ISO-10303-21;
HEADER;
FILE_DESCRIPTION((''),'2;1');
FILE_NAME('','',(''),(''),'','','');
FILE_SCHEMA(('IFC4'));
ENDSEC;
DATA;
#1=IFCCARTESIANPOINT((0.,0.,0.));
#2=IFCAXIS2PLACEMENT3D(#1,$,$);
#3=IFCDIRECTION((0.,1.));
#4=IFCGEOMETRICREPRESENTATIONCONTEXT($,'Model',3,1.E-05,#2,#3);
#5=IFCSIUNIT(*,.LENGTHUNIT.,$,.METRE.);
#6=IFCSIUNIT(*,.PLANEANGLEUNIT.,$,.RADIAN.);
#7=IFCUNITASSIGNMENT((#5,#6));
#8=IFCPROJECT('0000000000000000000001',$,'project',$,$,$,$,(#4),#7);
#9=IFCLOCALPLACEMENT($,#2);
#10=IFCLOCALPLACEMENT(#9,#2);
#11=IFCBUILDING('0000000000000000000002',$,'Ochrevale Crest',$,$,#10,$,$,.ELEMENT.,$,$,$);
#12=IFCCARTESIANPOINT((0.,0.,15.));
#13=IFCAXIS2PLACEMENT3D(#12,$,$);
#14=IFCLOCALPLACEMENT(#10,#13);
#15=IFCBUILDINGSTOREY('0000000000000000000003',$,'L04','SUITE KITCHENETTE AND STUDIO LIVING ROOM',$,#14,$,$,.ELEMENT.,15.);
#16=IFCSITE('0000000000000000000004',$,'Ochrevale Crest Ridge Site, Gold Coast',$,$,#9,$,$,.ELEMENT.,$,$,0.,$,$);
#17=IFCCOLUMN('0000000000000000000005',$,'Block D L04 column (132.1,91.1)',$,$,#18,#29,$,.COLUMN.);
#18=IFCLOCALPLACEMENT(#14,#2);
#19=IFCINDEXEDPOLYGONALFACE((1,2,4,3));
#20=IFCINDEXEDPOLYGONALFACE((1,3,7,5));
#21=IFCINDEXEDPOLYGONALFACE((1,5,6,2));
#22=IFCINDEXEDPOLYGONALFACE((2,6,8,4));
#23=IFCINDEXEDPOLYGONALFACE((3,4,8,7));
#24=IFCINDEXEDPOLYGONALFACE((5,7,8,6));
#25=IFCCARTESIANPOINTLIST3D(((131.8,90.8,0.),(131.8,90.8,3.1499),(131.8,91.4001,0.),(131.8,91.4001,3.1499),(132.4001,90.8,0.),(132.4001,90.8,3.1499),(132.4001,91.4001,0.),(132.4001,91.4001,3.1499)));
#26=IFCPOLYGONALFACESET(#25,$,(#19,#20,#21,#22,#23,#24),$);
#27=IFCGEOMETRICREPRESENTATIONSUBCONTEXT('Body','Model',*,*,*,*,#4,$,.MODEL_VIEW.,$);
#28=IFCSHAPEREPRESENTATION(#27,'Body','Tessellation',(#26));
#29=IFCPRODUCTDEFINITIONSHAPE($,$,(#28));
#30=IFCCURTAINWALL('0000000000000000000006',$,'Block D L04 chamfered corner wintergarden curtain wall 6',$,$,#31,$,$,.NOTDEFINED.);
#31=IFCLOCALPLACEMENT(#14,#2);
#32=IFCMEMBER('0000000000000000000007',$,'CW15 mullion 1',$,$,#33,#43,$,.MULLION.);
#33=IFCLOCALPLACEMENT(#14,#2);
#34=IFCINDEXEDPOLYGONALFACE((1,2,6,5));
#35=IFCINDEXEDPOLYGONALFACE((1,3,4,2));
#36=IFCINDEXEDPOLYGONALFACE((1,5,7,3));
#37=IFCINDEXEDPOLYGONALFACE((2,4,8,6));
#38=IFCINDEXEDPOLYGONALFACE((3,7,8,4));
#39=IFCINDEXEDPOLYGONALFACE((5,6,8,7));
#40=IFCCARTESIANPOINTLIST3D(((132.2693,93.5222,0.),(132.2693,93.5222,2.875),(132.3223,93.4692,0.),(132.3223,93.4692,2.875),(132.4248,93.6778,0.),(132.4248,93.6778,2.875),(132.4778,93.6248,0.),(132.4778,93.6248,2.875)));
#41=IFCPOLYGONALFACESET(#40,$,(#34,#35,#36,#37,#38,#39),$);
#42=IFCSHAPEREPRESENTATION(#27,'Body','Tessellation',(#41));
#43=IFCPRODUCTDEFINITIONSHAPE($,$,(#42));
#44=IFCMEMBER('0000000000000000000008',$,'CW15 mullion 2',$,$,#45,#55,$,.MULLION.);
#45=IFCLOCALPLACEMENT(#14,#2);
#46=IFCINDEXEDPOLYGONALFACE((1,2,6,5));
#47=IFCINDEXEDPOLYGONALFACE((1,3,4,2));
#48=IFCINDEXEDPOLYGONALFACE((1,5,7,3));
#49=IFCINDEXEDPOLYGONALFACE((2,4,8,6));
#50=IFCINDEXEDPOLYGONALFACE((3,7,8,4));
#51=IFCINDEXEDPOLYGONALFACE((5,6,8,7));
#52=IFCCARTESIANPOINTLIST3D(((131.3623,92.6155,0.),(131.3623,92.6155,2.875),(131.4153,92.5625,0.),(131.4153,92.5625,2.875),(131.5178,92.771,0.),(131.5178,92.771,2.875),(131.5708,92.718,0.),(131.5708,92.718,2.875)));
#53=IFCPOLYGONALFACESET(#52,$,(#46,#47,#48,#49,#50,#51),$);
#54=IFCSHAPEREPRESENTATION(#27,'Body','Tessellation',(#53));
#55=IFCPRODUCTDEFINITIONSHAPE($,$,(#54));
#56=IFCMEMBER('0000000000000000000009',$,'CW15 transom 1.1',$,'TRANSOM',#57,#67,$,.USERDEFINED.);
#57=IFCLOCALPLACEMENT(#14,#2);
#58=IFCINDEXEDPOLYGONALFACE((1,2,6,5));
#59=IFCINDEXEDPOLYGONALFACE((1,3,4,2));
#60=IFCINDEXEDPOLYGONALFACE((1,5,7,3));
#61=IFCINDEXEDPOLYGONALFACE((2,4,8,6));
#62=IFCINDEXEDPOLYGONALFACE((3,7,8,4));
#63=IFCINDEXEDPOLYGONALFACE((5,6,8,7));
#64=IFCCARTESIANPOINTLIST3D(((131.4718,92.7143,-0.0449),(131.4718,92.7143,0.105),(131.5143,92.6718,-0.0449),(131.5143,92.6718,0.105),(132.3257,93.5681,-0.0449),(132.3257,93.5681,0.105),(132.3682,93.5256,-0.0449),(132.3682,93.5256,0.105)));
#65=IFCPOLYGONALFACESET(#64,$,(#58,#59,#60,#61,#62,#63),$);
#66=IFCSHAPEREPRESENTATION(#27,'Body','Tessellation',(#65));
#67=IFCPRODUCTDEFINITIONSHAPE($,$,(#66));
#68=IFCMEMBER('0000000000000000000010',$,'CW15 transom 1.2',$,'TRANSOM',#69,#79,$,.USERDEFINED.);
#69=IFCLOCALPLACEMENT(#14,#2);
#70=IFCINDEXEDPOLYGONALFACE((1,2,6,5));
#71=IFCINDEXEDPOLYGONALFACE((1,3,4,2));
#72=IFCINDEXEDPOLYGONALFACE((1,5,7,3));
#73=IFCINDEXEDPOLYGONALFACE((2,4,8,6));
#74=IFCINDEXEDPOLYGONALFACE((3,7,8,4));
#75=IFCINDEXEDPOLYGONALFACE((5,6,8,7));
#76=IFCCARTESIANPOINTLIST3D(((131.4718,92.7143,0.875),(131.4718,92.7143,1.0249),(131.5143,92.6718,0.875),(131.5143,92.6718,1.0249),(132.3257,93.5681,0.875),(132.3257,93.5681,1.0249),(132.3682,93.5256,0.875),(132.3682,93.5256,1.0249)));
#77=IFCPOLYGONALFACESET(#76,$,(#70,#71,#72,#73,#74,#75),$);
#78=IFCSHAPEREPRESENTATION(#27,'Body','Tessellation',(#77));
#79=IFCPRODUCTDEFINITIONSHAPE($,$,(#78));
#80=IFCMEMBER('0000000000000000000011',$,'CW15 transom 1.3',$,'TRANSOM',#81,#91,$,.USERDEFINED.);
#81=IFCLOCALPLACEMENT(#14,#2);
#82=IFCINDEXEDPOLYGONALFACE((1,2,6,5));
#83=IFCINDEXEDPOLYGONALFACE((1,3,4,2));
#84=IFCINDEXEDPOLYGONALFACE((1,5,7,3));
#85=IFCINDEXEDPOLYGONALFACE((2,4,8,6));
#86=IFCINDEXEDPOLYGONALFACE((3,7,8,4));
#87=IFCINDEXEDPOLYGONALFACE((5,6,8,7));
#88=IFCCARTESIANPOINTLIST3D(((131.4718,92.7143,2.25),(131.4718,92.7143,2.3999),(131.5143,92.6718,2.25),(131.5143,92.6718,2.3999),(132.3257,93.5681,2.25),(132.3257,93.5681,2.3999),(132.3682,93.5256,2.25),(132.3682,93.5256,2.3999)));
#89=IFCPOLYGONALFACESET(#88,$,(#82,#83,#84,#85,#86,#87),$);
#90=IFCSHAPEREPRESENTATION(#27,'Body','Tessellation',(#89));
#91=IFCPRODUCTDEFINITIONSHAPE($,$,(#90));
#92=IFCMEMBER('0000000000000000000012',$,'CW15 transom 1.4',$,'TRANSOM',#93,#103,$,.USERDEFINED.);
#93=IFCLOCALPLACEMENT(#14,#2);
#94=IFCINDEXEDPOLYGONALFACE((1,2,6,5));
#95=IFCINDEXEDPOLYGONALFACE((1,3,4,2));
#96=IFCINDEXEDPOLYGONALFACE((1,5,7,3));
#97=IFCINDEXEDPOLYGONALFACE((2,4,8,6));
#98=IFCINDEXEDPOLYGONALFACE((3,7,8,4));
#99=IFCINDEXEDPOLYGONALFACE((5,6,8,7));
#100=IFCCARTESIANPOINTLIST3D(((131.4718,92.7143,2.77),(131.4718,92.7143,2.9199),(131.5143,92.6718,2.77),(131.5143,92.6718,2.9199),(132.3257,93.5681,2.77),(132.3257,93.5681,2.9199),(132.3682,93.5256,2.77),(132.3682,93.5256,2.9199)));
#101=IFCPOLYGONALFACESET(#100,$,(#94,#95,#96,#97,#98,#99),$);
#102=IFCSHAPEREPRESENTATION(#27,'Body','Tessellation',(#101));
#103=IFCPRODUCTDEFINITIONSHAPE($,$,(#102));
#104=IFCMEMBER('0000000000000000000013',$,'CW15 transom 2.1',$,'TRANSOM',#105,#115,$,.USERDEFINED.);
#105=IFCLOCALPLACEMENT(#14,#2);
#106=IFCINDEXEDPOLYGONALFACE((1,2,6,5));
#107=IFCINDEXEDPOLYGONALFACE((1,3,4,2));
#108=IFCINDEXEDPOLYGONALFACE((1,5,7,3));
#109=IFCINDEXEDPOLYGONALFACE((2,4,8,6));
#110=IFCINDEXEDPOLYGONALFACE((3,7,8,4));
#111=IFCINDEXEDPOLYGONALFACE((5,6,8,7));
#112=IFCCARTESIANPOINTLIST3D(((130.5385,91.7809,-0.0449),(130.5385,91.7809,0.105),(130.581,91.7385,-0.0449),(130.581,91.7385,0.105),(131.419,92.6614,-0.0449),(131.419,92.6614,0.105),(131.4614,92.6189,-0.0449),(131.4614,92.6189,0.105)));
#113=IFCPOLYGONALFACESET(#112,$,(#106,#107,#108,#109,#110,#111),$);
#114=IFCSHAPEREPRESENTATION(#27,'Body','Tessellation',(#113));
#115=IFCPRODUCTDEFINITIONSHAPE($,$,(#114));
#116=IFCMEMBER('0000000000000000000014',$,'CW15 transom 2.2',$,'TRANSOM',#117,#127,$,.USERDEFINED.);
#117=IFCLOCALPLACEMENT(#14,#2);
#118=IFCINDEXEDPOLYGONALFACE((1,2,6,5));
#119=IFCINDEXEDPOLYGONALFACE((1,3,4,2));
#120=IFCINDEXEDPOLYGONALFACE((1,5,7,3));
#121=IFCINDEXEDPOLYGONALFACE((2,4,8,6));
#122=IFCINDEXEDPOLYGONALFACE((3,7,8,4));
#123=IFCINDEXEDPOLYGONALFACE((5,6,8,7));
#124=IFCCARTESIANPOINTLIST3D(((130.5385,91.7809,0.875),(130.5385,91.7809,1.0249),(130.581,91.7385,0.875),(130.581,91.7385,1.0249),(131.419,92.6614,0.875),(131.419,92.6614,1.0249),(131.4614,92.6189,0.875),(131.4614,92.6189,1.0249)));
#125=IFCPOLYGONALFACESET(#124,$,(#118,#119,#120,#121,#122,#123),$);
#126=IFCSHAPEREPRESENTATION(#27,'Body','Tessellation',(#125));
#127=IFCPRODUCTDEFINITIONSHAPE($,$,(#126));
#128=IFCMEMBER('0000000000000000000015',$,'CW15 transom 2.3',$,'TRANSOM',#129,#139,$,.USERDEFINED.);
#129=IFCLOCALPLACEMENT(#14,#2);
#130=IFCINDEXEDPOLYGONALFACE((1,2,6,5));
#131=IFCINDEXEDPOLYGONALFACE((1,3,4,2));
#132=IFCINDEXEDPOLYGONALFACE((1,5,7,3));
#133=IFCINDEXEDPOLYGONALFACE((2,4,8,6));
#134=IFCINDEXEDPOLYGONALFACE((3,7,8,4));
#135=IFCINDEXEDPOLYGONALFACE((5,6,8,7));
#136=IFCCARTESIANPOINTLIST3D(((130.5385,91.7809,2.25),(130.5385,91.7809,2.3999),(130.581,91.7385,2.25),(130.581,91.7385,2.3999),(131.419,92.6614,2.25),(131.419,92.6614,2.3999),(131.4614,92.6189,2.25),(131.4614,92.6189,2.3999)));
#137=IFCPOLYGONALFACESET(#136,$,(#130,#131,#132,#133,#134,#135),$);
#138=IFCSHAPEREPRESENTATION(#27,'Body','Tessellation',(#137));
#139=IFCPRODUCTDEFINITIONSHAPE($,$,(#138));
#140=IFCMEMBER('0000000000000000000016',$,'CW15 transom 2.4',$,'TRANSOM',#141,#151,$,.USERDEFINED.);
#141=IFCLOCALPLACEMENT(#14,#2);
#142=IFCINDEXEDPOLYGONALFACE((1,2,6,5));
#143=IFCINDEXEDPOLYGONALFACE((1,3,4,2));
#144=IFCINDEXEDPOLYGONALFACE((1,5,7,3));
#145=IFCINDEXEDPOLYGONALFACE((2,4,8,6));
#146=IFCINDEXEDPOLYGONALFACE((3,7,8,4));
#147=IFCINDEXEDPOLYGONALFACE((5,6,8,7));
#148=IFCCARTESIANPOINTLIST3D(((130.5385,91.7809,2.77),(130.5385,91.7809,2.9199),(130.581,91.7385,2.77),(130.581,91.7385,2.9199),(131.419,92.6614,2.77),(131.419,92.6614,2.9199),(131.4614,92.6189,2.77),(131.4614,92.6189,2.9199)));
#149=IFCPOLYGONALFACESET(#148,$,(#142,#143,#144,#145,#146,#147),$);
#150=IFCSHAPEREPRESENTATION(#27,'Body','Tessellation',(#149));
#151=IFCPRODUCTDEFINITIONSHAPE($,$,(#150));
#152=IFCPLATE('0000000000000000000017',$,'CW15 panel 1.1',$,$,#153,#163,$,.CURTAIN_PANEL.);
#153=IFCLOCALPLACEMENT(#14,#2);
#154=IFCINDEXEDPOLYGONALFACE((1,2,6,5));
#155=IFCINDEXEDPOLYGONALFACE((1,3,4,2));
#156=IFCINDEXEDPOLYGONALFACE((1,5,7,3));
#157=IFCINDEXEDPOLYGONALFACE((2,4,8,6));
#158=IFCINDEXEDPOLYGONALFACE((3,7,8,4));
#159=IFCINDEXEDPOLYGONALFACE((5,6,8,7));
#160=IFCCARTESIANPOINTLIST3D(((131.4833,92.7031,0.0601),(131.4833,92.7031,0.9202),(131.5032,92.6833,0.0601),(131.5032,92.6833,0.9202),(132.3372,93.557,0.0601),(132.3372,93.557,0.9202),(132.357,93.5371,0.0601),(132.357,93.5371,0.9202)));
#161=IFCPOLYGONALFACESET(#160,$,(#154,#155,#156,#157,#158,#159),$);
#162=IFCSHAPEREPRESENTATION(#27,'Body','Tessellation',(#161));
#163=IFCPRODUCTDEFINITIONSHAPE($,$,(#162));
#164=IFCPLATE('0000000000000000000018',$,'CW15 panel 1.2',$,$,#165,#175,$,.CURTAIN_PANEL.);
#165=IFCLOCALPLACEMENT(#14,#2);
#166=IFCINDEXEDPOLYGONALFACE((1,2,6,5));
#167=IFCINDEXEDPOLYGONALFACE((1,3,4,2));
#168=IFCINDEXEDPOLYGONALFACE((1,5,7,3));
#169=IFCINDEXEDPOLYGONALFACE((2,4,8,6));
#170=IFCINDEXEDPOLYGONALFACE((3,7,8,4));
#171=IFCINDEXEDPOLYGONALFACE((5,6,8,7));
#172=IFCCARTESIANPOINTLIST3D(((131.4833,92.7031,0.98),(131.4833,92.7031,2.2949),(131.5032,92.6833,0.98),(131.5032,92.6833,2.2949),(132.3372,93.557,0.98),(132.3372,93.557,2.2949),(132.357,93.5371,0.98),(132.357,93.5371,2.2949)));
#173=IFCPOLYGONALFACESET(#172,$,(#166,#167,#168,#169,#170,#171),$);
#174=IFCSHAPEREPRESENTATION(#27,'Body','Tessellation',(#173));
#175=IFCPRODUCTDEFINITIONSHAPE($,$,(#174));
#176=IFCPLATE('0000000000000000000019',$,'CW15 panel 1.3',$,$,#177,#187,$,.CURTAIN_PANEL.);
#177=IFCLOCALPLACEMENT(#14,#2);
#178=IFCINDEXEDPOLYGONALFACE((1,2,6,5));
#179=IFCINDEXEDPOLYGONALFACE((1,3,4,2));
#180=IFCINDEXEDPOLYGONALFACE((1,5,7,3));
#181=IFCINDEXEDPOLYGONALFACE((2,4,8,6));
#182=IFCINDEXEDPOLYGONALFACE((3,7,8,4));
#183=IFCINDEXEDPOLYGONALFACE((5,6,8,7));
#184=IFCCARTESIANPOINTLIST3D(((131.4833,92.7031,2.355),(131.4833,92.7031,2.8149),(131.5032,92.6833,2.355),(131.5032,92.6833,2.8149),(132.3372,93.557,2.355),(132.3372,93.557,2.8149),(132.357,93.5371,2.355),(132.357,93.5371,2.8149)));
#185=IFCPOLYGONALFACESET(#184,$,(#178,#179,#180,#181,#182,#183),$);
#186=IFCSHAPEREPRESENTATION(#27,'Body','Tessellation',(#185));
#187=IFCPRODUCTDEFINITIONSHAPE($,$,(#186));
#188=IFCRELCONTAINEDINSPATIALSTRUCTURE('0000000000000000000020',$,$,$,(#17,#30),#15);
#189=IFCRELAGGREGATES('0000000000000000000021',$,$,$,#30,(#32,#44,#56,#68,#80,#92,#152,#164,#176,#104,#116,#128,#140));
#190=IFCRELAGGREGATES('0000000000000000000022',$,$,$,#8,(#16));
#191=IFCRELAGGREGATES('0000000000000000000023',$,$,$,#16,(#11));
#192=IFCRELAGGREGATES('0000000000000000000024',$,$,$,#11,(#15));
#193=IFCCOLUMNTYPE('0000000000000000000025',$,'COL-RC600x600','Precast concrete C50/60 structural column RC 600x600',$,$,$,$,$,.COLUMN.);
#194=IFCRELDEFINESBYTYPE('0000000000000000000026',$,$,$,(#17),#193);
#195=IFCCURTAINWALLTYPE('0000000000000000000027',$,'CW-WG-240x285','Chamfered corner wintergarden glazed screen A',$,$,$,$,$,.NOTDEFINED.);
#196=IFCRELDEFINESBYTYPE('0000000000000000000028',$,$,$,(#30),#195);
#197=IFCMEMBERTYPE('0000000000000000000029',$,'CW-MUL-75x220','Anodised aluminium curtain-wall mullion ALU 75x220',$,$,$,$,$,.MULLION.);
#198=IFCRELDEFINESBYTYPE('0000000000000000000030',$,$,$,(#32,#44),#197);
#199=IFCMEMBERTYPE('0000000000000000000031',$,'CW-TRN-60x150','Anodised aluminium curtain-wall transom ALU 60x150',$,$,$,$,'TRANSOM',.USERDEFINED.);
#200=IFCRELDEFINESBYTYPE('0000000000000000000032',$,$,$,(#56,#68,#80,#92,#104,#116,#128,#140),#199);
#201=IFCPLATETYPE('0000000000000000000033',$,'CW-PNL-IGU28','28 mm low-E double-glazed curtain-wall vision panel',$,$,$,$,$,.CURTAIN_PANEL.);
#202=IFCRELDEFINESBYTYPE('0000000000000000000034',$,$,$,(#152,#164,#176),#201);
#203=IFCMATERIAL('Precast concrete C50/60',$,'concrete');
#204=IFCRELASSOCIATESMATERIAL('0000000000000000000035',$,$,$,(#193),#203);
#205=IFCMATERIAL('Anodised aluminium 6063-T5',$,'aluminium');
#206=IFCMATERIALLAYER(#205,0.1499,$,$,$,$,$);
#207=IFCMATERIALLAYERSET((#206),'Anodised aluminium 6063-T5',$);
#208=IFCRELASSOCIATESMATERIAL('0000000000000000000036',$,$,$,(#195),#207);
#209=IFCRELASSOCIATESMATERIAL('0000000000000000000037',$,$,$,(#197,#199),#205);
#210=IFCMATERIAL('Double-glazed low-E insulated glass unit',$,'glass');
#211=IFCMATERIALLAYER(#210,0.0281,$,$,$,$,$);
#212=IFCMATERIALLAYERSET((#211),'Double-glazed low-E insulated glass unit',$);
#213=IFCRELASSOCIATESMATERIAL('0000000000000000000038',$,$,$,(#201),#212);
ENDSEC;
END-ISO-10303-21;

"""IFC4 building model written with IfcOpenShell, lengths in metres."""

from ifc_helpers import new_model, si_unit, direction, frame, origin, origin_2d, place, context, subcontext, project, spatial, rectangle, extrude, material, layer, layer_set, material_profile, profile_set, type_object, element, aggregate, save


model = new_model("IFC4")

# Units and contexts
model_context = context("Model", 3, precision=1e-05, world=origin(), true_north=direction((0.0, 1.0)))
body_context = subcontext(model_context, "Body", "Model", "MODEL_VIEW")
ifc_project = project(units=[si_unit("LENGTHUNIT", "METRE"), si_unit("PLANEANGLEUNIT", "RADIAN")], contexts=[model_context])

# Site, building, storey
site_placement = place(None, origin())
site = spatial("IfcSite", under=ifc_project, at=site_placement, Name="Ochrevale Crest Ridge Site, Gold Coast", CompositionType="ELEMENT", RefElevation=0.0)
building_placement = place(site_placement, origin())
building = spatial("IfcBuilding", under=site, at=building_placement, Name="Ochrevale Crest", CompositionType="ELEMENT")
storey_placement = place(building_placement, frame((0.0, 0.0, 15.0)))
storey = spatial("IfcBuildingStorey", under=building, at=storey_placement, Name="L04", Description="SUITE KITCHENETTE AND STUDIO LIVING ROOM", CompositionType="ELEMENT", Elevation=15.0)

# Column
ifc_material_1 = material(Name="Precast concrete C50/60", Category="concrete")
ifc_material_profile_1 = material_profile(ifc_material_1, rectangle(XDim=0.6001, YDim=0.6001, at=origin_2d()), Name="RC 600x600")
ifc_profile_set_1 = profile_set([ifc_material_profile_1], Name="Precast concrete C50/60")
column_type = type_object("IfcColumnType", Name="COL-RC600x600", Description="Precast concrete C50/60 structural column RC 600x600", PredefinedType="COLUMN", material=ifc_profile_set_1)
column_placement = place(storey_placement, frame((132.1001, 91.1001, 0.0), z_axis=(0.0, 0.0, 1.0), x_axis=(1.0, 0.0, 0.0)))
element("IfcColumn", 1, at=column_placement, inside=storey, type_object=column_type, Name="Block D L04 column (132.1,91.1)", PredefinedType="COLUMN", context=body_context, shape_type="SweptSolid", body=[
    extrude(rectangle(XDim=0.6001, YDim=0.6001, at=origin_2d()), origin(), (0.0, 0.0, 1.0), 3.1499),
])

# Curtain wall, members, plates
ifc_material_2 = material(Name="Anodised aluminium 6063-T5", Category="aluminium")
ifc_layer_1 = layer(ifc_material_2, 0.1499)
ifc_layer_set_1 = layer_set([ifc_layer_1], Name="Anodised aluminium 6063-T5")
curtain_wall_type = type_object("IfcCurtainWallType", Name="CW-WG-240x285", Description="Chamfered corner wintergarden glazed screen A", PredefinedType="NOTDEFINED", material=ifc_layer_set_1)
curtain_wall_placement = place(storey_placement, origin())
curtain_wall = element("IfcCurtainWall", 2, at=curtain_wall_placement, inside=storey, type_object=curtain_wall_type, Name="Block D L04 chamfered corner wintergarden curtain wall 6", PredefinedType="NOTDEFINED")
ifc_material_profile_2 = material_profile(ifc_material_2, rectangle(XDim=0.075, YDim=0.22, at=origin_2d()), Name="ALU 75x220")
ifc_profile_set_2 = profile_set([ifc_material_profile_2], Name="Anodised aluminium 6063-T5")
member_type_1 = type_object("IfcMemberType", Name="CW-MUL-75x220", Description="Anodised aluminium curtain-wall mullion ALU 75x220", PredefinedType="MULLION", material=ifc_profile_set_2)
member_1_placement = place(storey_placement, frame((132.3735, 93.5735, 0.0), z_axis=(0.0, 0.0, 1.0), x_axis=(0.707107, -0.707107, 0.0)))
member_1 = element("IfcMember", 3, at=member_1_placement, type_object=member_type_1, Name="CW15 mullion 1", PredefinedType="MULLION", context=body_context, shape_type="SweptSolid", body=[
    extrude(rectangle(XDim=0.075, YDim=0.22, at=origin_2d()), origin(), (0.0, 0.0, 1.0), 2.875),
])
member_2_placement = place(storey_placement, frame((131.4666, 92.6667, 0.0), z_axis=(0.0, 0.0, 1.0), x_axis=(0.707107, -0.707107, 0.0)))
member_2 = element("IfcMember", 4, at=member_2_placement, type_object=member_type_1, Name="CW15 mullion 2", PredefinedType="MULLION", context=body_context, shape_type="SweptSolid", body=[
    extrude(rectangle(XDim=0.075, YDim=0.22, at=origin_2d()), origin(), (0.0, 0.0, 1.0), 2.875),
])
ifc_material_profile_3 = material_profile(ifc_material_2, rectangle(XDim=0.0601, YDim=0.1499, at=origin_2d()), Name="ALU 60x150")
ifc_profile_set_3 = profile_set([ifc_material_profile_3], Name="Anodised aluminium 6063-T5")
member_type_2 = type_object("IfcMemberType", Name="CW-TRN-60x150", Description="Anodised aluminium curtain-wall transom ALU 60x150", ElementType="TRANSOM", PredefinedType="USERDEFINED", material=ifc_profile_set_3)
member_3_placement = place(storey_placement, frame((132.3469, 93.5469, 0.03), z_axis=(-0.707107, -0.707107, 0.0), x_axis=(0.707107, -0.707107, 0.0)))
member_3 = element("IfcMember", 5, at=member_3_placement, type_object=member_type_2, Name="CW15 transom 1.1", ObjectType="TRANSOM", PredefinedType="USERDEFINED", context=body_context, shape_type="SweptSolid", body=[
    extrude(rectangle(XDim=0.0601, YDim=0.1499, at=origin_2d()), origin(), (0.0, 0.0, 1.0), 1.2075),
])
member_4_placement = place(storey_placement, frame((132.3469, 93.5469, 0.95), z_axis=(-0.707107, -0.707107, 0.0), x_axis=(0.707107, -0.707107, 0.0)))
member_4 = element("IfcMember", 6, at=member_4_placement, type_object=member_type_2, Name="CW15 transom 1.2", ObjectType="TRANSOM", PredefinedType="USERDEFINED", context=body_context, shape_type="SweptSolid", body=[
    extrude(rectangle(XDim=0.0601, YDim=0.1499, at=origin_2d()), origin(), (0.0, 0.0, 1.0), 1.2075),
])
member_5_placement = place(storey_placement, frame((132.3469, 93.5469, 2.325), z_axis=(-0.707107, -0.707107, 0.0), x_axis=(0.707107, -0.707107, 0.0)))
member_5 = element("IfcMember", 7, at=member_5_placement, type_object=member_type_2, Name="CW15 transom 1.3", ObjectType="TRANSOM", PredefinedType="USERDEFINED", context=body_context, shape_type="SweptSolid", body=[
    extrude(rectangle(XDim=0.0601, YDim=0.1499, at=origin_2d()), origin(), (0.0, 0.0, 1.0), 1.2075),
])
member_6_placement = place(storey_placement, frame((132.3469, 93.5469, 2.845), z_axis=(-0.707107, -0.707107, 0.0), x_axis=(0.707107, -0.707107, 0.0)))
member_6 = element("IfcMember", 8, at=member_6_placement, type_object=member_type_2, Name="CW15 transom 1.4", ObjectType="TRANSOM", PredefinedType="USERDEFINED", context=body_context, shape_type="SweptSolid", body=[
    extrude(rectangle(XDim=0.0601, YDim=0.1499, at=origin_2d()), origin(), (0.0, 0.0, 1.0), 1.2075),
])
member_7_placement = place(storey_placement, frame((131.4402, 92.6401, 0.03), z_axis=(-0.707107, -0.707107, 0.0), x_axis=(0.707107, -0.707107, 0.0)))
member_7 = element("IfcMember", 9, at=member_7_placement, type_object=member_type_2, Name="CW15 transom 2.1", ObjectType="TRANSOM", PredefinedType="USERDEFINED", context=body_context, shape_type="SweptSolid", body=[
    extrude(rectangle(XDim=0.0601, YDim=0.1499, at=origin_2d()), origin(), (0.0, 0.0, 1.0), 1.2451),
])
member_8_placement = place(storey_placement, frame((131.4402, 92.6401, 0.95), z_axis=(-0.707107, -0.707107, 0.0), x_axis=(0.707107, -0.707107, 0.0)))
member_8 = element("IfcMember", 10, at=member_8_placement, type_object=member_type_2, Name="CW15 transom 2.2", ObjectType="TRANSOM", PredefinedType="USERDEFINED", context=body_context, shape_type="SweptSolid", body=[
    extrude(rectangle(XDim=0.0601, YDim=0.1499, at=origin_2d()), origin(), (0.0, 0.0, 1.0), 1.2451),
])
member_9_placement = place(storey_placement, frame((131.4402, 92.6401, 2.325), z_axis=(-0.707107, -0.707107, 0.0), x_axis=(0.707107, -0.707107, 0.0)))
member_9 = element("IfcMember", 11, at=member_9_placement, type_object=member_type_2, Name="CW15 transom 2.3", ObjectType="TRANSOM", PredefinedType="USERDEFINED", context=body_context, shape_type="SweptSolid", body=[
    extrude(rectangle(XDim=0.0601, YDim=0.1499, at=origin_2d()), origin(), (0.0, 0.0, 1.0), 1.2451),
])
member_10_placement = place(storey_placement, frame((131.4402, 92.6401, 2.845), z_axis=(-0.707107, -0.707107, 0.0), x_axis=(0.707107, -0.707107, 0.0)))
member_10 = element("IfcMember", 12, at=member_10_placement, type_object=member_type_2, Name="CW15 transom 2.4", ObjectType="TRANSOM", PredefinedType="USERDEFINED", context=body_context, shape_type="SweptSolid", body=[
    extrude(rectangle(XDim=0.0601, YDim=0.1499, at=origin_2d()), origin(), (0.0, 0.0, 1.0), 1.2451),
])
ifc_material_3 = material(Name="Double-glazed low-E insulated glass unit", Category="glass")
ifc_layer_2 = layer(ifc_material_3, 0.0281)
ifc_layer_set_2 = layer_set([ifc_layer_2], Name="Double-glazed low-E insulated glass unit")
plate_type = type_object("IfcPlateType", Name="CW-PNL-IGU28", Description="28 mm low-E double-glazed curtain-wall vision panel", PredefinedType="CURTAIN_PANEL", material=ifc_layer_set_2)
plate_1_placement = place(storey_placement, frame((131.9202, 93.1201, 0.0601), z_axis=(0.0, 0.0, 1.0), x_axis=(-0.707107, -0.707107, 0.0)))
plate_1 = element("IfcPlate", 13, at=plate_1_placement, type_object=plate_type, Name="CW15 panel 1.1", PredefinedType="CURTAIN_PANEL", context=body_context, shape_type="SweptSolid", body=[
    extrude(rectangle(XDim=1.2075, YDim=0.0281, at=origin_2d()), origin(), (0.0, 0.0, 1.0), 0.8601),
])
plate_2_placement = place(storey_placement, frame((131.9202, 93.1201, 0.98), z_axis=(0.0, 0.0, 1.0), x_axis=(-0.707107, -0.707107, 0.0)))
plate_2 = element("IfcPlate", 14, at=plate_2_placement, type_object=plate_type, Name="CW15 panel 1.2", PredefinedType="CURTAIN_PANEL", context=body_context, shape_type="SweptSolid", body=[
    extrude(rectangle(XDim=1.2075, YDim=0.0281, at=origin_2d()), origin(), (0.0, 0.0, 1.0), 1.3149),
])
plate_3_placement = place(storey_placement, frame((131.9202, 93.1201, 2.355), z_axis=(0.0, 0.0, 1.0), x_axis=(-0.707107, -0.707107, 0.0)))
plate_3 = element("IfcPlate", 15, at=plate_3_placement, type_object=plate_type, Name="CW15 panel 1.3", PredefinedType="CURTAIN_PANEL", context=body_context, shape_type="SweptSolid", body=[
    extrude(rectangle(XDim=1.2075, YDim=0.0281, at=origin_2d()), origin(), (0.0, 0.0, 1.0), 0.46),
])
aggregate(curtain_wall, [member_1, member_2, member_3, member_4, member_5, member_6, plate_1, plate_2, plate_3, member_7, member_8, member_9, member_10])

save(model, "model.ifc")
